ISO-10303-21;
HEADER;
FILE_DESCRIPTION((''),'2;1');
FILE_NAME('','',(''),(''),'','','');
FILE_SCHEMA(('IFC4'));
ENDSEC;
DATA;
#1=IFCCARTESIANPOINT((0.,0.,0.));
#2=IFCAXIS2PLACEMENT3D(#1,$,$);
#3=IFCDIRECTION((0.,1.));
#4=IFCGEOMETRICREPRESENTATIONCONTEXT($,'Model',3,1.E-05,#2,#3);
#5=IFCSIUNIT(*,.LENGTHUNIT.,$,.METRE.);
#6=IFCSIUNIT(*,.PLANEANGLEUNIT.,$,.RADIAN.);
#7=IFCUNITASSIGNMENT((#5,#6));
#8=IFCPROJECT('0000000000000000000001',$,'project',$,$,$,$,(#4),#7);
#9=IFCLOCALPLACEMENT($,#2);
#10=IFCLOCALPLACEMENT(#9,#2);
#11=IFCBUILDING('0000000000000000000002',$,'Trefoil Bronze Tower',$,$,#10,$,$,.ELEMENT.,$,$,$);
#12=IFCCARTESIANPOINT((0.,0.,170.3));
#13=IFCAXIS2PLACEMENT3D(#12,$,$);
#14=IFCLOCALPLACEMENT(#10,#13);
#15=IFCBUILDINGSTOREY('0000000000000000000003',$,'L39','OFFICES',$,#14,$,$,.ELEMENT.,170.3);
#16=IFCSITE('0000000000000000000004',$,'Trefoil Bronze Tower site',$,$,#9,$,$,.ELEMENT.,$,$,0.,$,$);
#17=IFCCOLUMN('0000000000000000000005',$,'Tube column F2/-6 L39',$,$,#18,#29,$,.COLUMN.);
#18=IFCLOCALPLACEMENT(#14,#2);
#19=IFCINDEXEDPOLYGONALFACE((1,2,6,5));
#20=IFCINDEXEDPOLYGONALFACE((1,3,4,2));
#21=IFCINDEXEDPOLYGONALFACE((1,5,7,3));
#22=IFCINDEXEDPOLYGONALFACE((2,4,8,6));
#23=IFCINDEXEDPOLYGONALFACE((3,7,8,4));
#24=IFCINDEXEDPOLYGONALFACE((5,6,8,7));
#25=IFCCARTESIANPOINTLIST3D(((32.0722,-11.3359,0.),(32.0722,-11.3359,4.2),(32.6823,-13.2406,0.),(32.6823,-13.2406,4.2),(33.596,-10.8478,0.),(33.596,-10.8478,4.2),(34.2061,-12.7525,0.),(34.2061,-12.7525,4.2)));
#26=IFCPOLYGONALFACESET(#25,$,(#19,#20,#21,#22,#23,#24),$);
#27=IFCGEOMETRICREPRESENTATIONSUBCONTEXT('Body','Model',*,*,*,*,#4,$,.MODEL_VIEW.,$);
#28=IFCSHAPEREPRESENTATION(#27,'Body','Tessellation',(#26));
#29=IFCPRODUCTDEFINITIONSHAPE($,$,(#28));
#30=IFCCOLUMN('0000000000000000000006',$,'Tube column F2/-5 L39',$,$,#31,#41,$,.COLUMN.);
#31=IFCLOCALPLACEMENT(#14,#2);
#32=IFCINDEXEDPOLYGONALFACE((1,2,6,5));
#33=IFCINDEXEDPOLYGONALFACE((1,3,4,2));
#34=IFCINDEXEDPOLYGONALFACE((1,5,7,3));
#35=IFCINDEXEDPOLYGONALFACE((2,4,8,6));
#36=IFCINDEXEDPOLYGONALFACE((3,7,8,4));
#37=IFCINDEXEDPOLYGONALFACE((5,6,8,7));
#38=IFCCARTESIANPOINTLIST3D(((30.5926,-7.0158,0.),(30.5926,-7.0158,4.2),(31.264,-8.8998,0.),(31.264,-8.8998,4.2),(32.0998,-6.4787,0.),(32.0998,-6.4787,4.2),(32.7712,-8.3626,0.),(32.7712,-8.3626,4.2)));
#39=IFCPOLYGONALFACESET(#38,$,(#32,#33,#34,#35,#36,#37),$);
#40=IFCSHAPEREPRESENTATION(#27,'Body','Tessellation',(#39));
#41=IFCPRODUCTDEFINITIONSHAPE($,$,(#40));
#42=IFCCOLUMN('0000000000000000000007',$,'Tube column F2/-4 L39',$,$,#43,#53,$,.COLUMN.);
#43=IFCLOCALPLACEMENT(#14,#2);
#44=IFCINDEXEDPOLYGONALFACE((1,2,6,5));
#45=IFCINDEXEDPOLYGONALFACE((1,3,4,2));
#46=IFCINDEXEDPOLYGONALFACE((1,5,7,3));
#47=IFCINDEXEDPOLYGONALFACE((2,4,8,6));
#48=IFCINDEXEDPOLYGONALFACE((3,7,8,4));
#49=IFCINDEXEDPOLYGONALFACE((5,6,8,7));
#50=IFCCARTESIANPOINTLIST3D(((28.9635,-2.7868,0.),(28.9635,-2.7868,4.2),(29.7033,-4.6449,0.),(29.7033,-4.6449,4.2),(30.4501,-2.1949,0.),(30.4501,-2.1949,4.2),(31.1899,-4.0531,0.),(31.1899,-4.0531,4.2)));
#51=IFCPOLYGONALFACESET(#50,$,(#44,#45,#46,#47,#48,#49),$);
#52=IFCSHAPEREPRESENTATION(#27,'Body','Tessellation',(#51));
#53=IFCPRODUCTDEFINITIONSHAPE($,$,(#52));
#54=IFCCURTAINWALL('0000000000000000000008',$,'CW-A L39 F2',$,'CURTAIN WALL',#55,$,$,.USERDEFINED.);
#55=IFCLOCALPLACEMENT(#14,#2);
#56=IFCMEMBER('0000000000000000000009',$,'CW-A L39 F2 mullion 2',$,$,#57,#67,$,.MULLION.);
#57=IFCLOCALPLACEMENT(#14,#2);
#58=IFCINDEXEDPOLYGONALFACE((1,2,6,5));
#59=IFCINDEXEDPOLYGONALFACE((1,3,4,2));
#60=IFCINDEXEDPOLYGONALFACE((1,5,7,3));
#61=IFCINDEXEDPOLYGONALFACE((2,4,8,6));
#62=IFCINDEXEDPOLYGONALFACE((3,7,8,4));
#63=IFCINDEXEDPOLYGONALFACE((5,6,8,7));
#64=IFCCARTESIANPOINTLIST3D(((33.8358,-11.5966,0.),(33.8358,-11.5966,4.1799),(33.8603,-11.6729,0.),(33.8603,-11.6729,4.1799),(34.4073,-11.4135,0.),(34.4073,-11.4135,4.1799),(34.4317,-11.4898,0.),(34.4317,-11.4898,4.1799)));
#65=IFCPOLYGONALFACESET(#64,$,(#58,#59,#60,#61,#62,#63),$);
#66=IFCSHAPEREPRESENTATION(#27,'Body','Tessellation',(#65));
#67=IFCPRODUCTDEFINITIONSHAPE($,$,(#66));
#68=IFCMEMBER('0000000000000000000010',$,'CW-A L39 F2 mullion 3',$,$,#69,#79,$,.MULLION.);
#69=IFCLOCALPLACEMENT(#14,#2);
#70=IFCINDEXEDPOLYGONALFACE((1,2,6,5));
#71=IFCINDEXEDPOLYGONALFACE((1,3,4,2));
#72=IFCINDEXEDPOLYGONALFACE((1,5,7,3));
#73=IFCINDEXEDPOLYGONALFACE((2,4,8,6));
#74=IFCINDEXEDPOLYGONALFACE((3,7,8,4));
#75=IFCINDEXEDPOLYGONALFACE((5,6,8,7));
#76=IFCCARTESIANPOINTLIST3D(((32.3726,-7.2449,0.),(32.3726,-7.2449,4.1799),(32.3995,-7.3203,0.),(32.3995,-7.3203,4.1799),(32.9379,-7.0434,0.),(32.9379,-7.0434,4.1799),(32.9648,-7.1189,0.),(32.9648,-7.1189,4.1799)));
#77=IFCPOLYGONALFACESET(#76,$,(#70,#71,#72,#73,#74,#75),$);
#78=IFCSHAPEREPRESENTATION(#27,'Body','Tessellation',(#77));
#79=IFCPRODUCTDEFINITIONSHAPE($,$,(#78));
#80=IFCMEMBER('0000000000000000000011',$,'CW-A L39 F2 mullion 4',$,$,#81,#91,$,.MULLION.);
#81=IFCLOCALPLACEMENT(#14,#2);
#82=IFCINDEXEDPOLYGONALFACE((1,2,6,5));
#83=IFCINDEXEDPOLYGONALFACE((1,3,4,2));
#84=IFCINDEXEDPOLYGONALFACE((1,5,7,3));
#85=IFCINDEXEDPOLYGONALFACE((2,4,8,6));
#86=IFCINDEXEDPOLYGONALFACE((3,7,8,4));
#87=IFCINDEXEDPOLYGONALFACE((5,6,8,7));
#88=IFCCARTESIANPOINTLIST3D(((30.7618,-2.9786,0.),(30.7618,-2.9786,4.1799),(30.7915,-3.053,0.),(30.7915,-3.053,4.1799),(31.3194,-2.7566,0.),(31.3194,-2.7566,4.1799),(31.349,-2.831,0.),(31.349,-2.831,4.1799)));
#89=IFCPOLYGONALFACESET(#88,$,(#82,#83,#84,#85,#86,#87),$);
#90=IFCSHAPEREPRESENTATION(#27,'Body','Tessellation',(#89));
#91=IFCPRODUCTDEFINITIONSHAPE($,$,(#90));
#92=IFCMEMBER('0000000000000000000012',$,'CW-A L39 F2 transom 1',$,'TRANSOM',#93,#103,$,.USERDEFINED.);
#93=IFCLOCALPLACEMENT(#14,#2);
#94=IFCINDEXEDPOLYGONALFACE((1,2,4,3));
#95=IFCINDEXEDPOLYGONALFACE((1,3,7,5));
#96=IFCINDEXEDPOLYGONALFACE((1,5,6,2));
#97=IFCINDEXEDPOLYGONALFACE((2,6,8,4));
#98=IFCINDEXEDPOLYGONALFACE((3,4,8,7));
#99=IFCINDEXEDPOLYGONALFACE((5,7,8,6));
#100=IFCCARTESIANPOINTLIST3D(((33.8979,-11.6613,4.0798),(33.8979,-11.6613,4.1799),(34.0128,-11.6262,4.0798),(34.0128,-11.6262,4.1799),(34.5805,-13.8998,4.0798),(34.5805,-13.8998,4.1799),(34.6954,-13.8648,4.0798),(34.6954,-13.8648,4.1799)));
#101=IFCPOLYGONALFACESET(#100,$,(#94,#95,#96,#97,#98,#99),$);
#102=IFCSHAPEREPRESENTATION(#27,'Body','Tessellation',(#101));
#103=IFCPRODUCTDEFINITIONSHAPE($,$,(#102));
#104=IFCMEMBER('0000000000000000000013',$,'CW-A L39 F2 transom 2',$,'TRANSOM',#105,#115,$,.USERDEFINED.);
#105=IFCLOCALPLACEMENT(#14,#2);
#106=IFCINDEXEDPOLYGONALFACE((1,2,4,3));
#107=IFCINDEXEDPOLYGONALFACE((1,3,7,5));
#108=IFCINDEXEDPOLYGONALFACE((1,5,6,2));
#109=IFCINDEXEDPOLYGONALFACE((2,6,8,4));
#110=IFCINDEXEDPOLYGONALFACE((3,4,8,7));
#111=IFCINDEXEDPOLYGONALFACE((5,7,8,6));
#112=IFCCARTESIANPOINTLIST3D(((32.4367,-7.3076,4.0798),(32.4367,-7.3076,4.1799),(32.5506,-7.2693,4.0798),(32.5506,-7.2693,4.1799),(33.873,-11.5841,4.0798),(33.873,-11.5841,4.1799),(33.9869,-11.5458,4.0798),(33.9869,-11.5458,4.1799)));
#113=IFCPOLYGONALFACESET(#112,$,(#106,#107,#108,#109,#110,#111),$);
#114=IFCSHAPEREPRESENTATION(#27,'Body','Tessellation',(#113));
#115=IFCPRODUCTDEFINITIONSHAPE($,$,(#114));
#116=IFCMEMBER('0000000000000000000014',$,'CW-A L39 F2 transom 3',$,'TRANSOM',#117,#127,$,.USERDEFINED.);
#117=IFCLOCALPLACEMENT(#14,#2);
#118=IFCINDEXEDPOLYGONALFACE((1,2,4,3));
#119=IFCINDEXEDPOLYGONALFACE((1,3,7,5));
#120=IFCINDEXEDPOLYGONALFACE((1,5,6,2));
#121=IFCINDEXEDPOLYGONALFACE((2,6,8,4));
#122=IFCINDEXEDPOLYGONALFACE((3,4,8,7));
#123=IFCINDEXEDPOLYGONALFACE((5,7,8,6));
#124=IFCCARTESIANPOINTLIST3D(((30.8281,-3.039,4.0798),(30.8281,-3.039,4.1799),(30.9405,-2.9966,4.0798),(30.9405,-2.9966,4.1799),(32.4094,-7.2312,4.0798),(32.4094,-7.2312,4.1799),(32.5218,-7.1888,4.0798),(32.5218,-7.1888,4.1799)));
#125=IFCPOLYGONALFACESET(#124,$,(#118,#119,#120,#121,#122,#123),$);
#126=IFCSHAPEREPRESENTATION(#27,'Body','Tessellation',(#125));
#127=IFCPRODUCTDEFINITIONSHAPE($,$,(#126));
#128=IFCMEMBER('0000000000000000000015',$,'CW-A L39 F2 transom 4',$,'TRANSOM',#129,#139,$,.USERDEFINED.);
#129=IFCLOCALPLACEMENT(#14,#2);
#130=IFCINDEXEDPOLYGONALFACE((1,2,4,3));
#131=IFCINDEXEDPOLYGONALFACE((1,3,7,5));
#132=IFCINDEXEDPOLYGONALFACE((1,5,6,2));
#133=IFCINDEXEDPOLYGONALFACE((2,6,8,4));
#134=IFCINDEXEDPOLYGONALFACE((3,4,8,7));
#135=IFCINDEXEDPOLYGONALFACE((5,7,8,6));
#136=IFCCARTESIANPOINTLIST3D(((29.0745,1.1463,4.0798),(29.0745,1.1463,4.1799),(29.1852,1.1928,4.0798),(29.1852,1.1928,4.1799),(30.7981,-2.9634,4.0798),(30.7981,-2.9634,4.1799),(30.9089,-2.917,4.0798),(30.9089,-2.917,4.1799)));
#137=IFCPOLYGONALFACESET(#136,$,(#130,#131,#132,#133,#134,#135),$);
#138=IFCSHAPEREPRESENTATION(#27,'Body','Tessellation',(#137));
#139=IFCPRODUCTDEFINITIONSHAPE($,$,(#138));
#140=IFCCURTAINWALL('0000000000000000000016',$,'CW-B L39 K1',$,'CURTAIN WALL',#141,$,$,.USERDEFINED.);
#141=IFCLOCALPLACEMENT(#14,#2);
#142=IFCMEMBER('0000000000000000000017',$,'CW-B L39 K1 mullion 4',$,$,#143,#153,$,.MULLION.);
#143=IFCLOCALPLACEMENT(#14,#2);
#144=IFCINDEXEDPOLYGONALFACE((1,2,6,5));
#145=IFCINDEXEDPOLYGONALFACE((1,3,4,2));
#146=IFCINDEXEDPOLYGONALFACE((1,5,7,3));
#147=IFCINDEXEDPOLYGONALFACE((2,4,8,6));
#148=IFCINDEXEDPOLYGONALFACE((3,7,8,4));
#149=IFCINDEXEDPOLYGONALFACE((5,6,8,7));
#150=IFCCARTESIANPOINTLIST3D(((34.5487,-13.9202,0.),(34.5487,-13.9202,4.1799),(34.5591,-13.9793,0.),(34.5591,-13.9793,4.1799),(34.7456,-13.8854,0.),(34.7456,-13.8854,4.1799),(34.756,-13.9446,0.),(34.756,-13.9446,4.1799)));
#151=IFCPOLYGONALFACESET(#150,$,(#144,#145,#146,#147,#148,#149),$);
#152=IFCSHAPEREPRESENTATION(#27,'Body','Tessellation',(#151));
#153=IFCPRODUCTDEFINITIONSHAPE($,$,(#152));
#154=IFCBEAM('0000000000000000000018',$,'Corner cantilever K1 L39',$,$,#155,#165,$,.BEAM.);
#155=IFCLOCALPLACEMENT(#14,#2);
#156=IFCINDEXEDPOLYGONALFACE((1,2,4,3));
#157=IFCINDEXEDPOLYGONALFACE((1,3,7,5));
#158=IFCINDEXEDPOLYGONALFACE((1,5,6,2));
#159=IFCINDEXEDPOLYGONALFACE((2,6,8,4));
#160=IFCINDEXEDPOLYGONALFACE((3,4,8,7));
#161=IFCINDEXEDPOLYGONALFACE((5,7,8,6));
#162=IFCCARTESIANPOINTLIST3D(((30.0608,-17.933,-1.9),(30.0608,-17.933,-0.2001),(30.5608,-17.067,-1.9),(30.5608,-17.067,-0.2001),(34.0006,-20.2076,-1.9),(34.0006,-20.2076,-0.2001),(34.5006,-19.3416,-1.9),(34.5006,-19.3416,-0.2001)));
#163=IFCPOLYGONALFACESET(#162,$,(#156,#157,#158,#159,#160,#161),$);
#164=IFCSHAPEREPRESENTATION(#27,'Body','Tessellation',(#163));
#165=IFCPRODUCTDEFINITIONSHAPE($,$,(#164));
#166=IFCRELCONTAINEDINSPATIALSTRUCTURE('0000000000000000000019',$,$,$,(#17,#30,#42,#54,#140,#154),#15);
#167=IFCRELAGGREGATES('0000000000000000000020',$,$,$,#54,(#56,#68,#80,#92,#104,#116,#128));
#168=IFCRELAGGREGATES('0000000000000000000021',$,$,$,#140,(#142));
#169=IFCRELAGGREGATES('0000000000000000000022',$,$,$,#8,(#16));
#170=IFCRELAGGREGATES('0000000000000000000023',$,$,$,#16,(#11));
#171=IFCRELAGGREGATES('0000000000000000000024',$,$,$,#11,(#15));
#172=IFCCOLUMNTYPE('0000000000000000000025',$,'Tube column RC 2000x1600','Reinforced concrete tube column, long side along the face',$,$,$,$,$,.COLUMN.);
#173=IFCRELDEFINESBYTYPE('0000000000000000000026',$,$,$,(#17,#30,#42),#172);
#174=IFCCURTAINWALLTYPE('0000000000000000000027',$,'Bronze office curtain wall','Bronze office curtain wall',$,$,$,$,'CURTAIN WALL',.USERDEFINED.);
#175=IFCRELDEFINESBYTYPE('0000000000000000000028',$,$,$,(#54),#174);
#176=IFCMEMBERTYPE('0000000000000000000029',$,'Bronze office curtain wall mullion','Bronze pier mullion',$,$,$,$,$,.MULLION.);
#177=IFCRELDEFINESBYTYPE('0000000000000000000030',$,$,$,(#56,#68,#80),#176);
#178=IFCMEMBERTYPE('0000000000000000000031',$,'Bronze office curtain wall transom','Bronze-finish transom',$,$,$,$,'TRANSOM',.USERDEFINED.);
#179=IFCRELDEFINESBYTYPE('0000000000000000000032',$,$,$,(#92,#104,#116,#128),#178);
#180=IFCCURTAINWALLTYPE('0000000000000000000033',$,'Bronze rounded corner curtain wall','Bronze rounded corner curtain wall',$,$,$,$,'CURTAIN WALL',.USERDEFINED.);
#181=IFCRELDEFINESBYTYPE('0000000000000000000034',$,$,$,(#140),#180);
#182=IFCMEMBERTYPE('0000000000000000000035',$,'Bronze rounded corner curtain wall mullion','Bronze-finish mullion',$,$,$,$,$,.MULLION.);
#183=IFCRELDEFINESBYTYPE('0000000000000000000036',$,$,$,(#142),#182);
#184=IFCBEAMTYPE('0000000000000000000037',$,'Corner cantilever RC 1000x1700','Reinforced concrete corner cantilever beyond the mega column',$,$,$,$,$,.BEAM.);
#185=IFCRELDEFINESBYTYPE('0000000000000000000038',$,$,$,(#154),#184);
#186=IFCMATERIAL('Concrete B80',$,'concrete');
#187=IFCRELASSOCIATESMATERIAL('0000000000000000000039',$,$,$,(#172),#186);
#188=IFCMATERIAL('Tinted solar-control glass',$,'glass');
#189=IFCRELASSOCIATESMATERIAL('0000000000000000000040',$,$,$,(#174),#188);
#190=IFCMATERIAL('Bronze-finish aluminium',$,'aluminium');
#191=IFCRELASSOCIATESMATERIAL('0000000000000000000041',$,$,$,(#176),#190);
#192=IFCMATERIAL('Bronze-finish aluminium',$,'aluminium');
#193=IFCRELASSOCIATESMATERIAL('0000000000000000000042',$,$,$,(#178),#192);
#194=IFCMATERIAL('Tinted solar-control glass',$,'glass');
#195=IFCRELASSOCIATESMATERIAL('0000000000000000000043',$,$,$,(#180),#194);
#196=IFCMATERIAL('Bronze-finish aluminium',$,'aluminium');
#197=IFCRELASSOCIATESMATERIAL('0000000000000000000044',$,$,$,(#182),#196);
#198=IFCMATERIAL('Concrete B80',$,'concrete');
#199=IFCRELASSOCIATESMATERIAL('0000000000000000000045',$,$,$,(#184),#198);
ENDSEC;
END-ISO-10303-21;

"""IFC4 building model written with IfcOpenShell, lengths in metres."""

from ifc_helpers import new_model, si_unit, direction, frame, origin, origin_2d, place, context, subcontext, project, spatial, rectangle, extrude, material, material_profile, profile_set, type_object, element, aggregate, save


model = new_model("IFC4")

# Units and contexts
model_context = context("Model", 3, precision=1e-05, world=origin(), true_north=direction((0.0, 1.0)))
body_context = subcontext(model_context, "Body", "Model", "MODEL_VIEW")
ifc_project = project(units=[si_unit("LENGTHUNIT", "METRE"), si_unit("PLANEANGLEUNIT", "RADIAN")], contexts=[model_context])

# Site, building, storey
site_placement = place(None, origin())
site = spatial("IfcSite", under=ifc_project, at=site_placement, Name="Trefoil Bronze Tower site", CompositionType="ELEMENT", RefElevation=0.0)
building_placement = place(site_placement, origin())
building = spatial("IfcBuilding", under=site, at=building_placement, Name="Trefoil Bronze Tower", CompositionType="ELEMENT")
storey_placement = place(building_placement, frame((0.0, 0.0, 170.3)))
storey = spatial("IfcBuildingStorey", under=building, at=storey_placement, Name="L39", Description="OFFICES", CompositionType="ELEMENT", Elevation=170.3)

# Columns
ifc_material_1 = material(Name="Concrete B80", Category="concrete")
ifc_material_profile_1 = material_profile(ifc_material_1, rectangle(XDim=2.0, YDim=1.6001, at=origin_2d()), Name="RC 2000x1600")
ifc_profile_set_1 = profile_set([ifc_material_profile_1], Name="Concrete B80")
column_type = type_object("IfcColumnType", Name="Tube column RC 2000x1600", Description="Reinforced concrete tube column, long side along the face", PredefinedType="COLUMN", material=ifc_profile_set_1)
for number, where, z_axis, x_axis, name in (
    (1, (33.1392, -12.0442, 0.0), (0.0, 0.0, 1.0), (-0.305066, 0.952331, 0.0), "Tube column F2/-6 L39"),
    (2, (31.6819, -7.6892, 0.0), (0.0, 0.0, 1.0), (-0.335718, 0.941963, 0.0), "Tube column F2/-5 L39"),
    (3, (30.0767, -3.4199, 0.0), (0.0, 0.0, 1.0), (-0.369901, 0.929071, 0.0), "Tube column F2/-4 L39"),
):
    element("IfcColumn", number, at=place(storey_placement, frame(where, z_axis=z_axis, x_axis=x_axis)), inside=storey, type_object=column_type, Name=name, PredefinedType="COLUMN", context=body_context, shape_type="SweptSolid", body=[
        extrude(rectangle(XDim=2.0, YDim=1.6001, at=origin_2d()), origin(), (0.0, 0.0, 1.0), 4.2),
    ])

# Curtain wall, members
ifc_material_2 = material(Name="Tinted solar-control glass", Category="glass")
curtain_wall_type_1 = type_object("IfcCurtainWallType", Name="Bronze office curtain wall", Description="Bronze office curtain wall", ElementType="CURTAIN WALL", PredefinedType="USERDEFINED", material=ifc_material_2)
curtain_wall_1_placement = place(storey_placement, origin())
curtain_wall_1 = element("IfcCurtainWall", 4, at=curtain_wall_1_placement, inside=storey, type_object=curtain_wall_type_1, Name="CW-A L39 F2", ObjectType="CURTAIN WALL", PredefinedType="USERDEFINED")
ifc_material_3 = material(Name="Bronze-finish aluminium", Category="aluminium")
ifc_material_profile_2 = material_profile(ifc_material_3, rectangle(XDim=0.6001, YDim=0.0801, at=origin_2d()), Name="CW-A mullion")
ifc_profile_set_2 = profile_set([ifc_material_profile_2], Name="Bronze-finish aluminium")
member_type_1 = type_object("IfcMemberType", Name="Bronze office curtain wall mullion", Description="Bronze pier mullion", PredefinedType="MULLION", material=ifc_profile_set_2)
member_1_placement = place(storey_placement, frame((34.1338, -11.5432, 0.0), z_axis=(0.0, 0.0, 1.0), x_axis=(-0.952331, -0.305066, 0.0)))
member_1 = element("IfcMember", 5, at=member_1_placement, type_object=member_type_1, Name="CW-A L39 F2 mullion 2", PredefinedType="MULLION", context=body_context, shape_type="SweptSolid", body=[
    extrude(rectangle(XDim=0.6001, YDim=0.0801, at=origin_2d()), origin(), (0.0, 0.0, 1.0), 4.1799),
])
member_2_placement = place(storey_placement, frame((32.6687, -7.1819, 0.0), z_axis=(0.0, 0.0, 1.0), x_axis=(-0.941963, -0.335718, 0.0)))
member_2 = element("IfcMember", 6, at=member_2_placement, type_object=member_type_1, Name="CW-A L39 F2 mullion 3", PredefinedType="MULLION", context=body_context, shape_type="SweptSolid", body=[
    extrude(rectangle(XDim=0.6001, YDim=0.0801, at=origin_2d()), origin(), (0.0, 0.0, 1.0), 4.1799),
])
member_3_placement = place(storey_placement, frame((31.0554, -2.9048, 0.0), z_axis=(0.0, 0.0, 1.0), x_axis=(-0.929071, -0.369901, 0.0)))
member_3 = element("IfcMember", 7, at=member_3_placement, type_object=member_type_1, Name="CW-A L39 F2 mullion 4", PredefinedType="MULLION", context=body_context, shape_type="SweptSolid", body=[
    extrude(rectangle(XDim=0.6001, YDim=0.0801, at=origin_2d()), origin(), (0.0, 0.0, 1.0), 4.1799),
])
ifc_material_4 = material(Name="Bronze-finish aluminium", Category="aluminium")
ifc_material_profile_3 = material_profile(ifc_material_4, rectangle(XDim=0.1201, YDim=0.1001, at=origin_2d()), Name="CW-A transom")
ifc_profile_set_3 = profile_set([ifc_material_profile_3], Name="Bronze-finish aluminium")
member_type_2 = type_object("IfcMemberType", Name="Bronze office curtain wall transom", Description="Bronze-finish transom", ElementType="TRANSOM", PredefinedType="USERDEFINED", material=ifc_profile_set_3)
member_4_placement = place(storey_placement, frame((34.6379, -13.8823, 4.1299), z_axis=(-0.29168, 0.956516, 0.0), x_axis=(-0.956516, -0.29168, 0.0)))
member_4 = element("IfcMember", 8, at=member_4_placement, type_object=member_type_2, Name="CW-A L39 F2 transom 1", ObjectType="TRANSOM", PredefinedType="USERDEFINED", context=body_context, shape_type="SweptSolid", body=[
    extrude(rectangle(XDim=0.1201, YDim=0.1001, at=origin_2d()), origin(), (0.0, 0.0, 1.0), 2.3403),
])
member_5_placement = place(storey_placement, frame((33.9299, -11.5649, 4.1299), z_axis=(-0.318386, 0.947961, 0.0), x_axis=(-0.947961, -0.318386, 0.0)))
member_5 = element("IfcMember", 9, at=member_5_placement, type_object=member_type_2, Name="CW-A L39 F2 transom 2", ObjectType="TRANSOM", PredefinedType="USERDEFINED", context=body_context, shape_type="SweptSolid", body=[
    extrude(rectangle(XDim=0.1201, YDim=0.1001, at=origin_2d()), origin(), (0.0, 0.0, 1.0), 4.5112),
])
member_6_placement = place(storey_placement, frame((32.4656, -7.21, 4.1299), z_axis=(-0.352932, 0.935649, 0.0), x_axis=(-0.935649, -0.352932, 0.0)))
member_6 = element("IfcMember", 10, at=member_6_placement, type_object=member_type_2, Name="CW-A L39 F2 transom 3", ObjectType="TRANSOM", PredefinedType="USERDEFINED", context=body_context, shape_type="SweptSolid", body=[
    extrude(rectangle(XDim=0.1201, YDim=0.1001, at=origin_2d()), origin(), (0.0, 0.0, 1.0), 4.4805),
])
member_7_placement = place(storey_placement, frame((30.8535, -2.9402, 4.1299), z_axis=(-0.386773, 0.922175, 0.0), x_axis=(-0.922175, -0.386773, 0.0)))
member_7 = element("IfcMember", 11, at=member_7_placement, type_object=member_type_2, Name="CW-A L39 F2 transom 4", ObjectType="TRANSOM", PredefinedType="USERDEFINED", context=body_context, shape_type="SweptSolid", body=[
    extrude(rectangle(XDim=0.1201, YDim=0.1001, at=origin_2d()), origin(), (0.0, 0.0, 1.0), 4.4565),
])

# Curtain wall, member
ifc_material_5 = material(Name="Tinted solar-control glass", Category="glass")
curtain_wall_type_2 = type_object("IfcCurtainWallType", Name="Bronze rounded corner curtain wall", Description="Bronze rounded corner curtain wall", ElementType="CURTAIN WALL", PredefinedType="USERDEFINED", material=ifc_material_5)
curtain_wall_2_placement = place(storey_placement, origin())
curtain_wall_2 = element("IfcCurtainWall", 12, at=curtain_wall_2_placement, inside=storey, type_object=curtain_wall_type_2, Name="CW-B L39 K1", ObjectType="CURTAIN WALL", PredefinedType="USERDEFINED")
ifc_material_6 = material(Name="Bronze-finish aluminium", Category="aluminium")
ifc_material_profile_4 = material_profile(ifc_material_6, rectangle(XDim=0.2, YDim=0.0601, at=origin_2d()), Name="CW-B mullion")
ifc_profile_set_4 = profile_set([ifc_material_profile_4], Name="Bronze-finish aluminium")
member_type_3 = type_object("IfcMemberType", Name="Bronze rounded corner curtain wall mullion", Description="Bronze-finish mullion", PredefinedType="MULLION", material=ifc_profile_set_4)
member_8_placement = place(storey_placement, frame((34.6523, -13.9324, 0.0), z_axis=(0.0, 0.0, 1.0), x_axis=(-0.984808, -0.173648, 0.0)))
member_8 = element("IfcMember", 13, at=member_8_placement, type_object=member_type_3, Name="CW-B L39 K1 mullion 4", PredefinedType="MULLION", context=body_context, shape_type="SweptSolid", body=[
    extrude(rectangle(XDim=0.2, YDim=0.0601, at=origin_2d()), origin(), (0.0, 0.0, 1.0), 4.1799),
])

# Beam
ifc_material_7 = material(Name="Concrete B80", Category="concrete")
ifc_material_profile_5 = material_profile(ifc_material_7, rectangle(XDim=1.0, YDim=1.7, at=origin_2d()), Name="RC 1000x1700")
ifc_profile_set_5 = profile_set([ifc_material_profile_5], Name="Concrete B80")
beam_type_1 = type_object("IfcBeamType", Name="Corner cantilever RC 1000x1700", Description="Reinforced concrete corner cantilever beyond the mega column", PredefinedType="BEAM", material=ifc_profile_set_5)
beam_1_placement = place(storey_placement, frame((30.3108, -17.5, -1.05), z_axis=(0.866032, -0.499989, 0.0), x_axis=(0.499989, 0.866032, 0.0)))
element("IfcBeam", 14, at=beam_1_placement, inside=storey, type_object=beam_type_1, Name="Corner cantilever K1 L39", PredefinedType="BEAM", context=body_context, shape_type="SweptSolid", body=[
    extrude(rectangle(XDim=1.0, YDim=1.7, at=origin_2d()), origin(), (0.0, 0.0, 1.0), 4.5493),
])

aggregate(curtain_wall_1, [member_1, member_2, member_3, member_4, member_5, member_6, member_7])
aggregate(curtain_wall_2, [member_8])

save(model, "model.ifc")
